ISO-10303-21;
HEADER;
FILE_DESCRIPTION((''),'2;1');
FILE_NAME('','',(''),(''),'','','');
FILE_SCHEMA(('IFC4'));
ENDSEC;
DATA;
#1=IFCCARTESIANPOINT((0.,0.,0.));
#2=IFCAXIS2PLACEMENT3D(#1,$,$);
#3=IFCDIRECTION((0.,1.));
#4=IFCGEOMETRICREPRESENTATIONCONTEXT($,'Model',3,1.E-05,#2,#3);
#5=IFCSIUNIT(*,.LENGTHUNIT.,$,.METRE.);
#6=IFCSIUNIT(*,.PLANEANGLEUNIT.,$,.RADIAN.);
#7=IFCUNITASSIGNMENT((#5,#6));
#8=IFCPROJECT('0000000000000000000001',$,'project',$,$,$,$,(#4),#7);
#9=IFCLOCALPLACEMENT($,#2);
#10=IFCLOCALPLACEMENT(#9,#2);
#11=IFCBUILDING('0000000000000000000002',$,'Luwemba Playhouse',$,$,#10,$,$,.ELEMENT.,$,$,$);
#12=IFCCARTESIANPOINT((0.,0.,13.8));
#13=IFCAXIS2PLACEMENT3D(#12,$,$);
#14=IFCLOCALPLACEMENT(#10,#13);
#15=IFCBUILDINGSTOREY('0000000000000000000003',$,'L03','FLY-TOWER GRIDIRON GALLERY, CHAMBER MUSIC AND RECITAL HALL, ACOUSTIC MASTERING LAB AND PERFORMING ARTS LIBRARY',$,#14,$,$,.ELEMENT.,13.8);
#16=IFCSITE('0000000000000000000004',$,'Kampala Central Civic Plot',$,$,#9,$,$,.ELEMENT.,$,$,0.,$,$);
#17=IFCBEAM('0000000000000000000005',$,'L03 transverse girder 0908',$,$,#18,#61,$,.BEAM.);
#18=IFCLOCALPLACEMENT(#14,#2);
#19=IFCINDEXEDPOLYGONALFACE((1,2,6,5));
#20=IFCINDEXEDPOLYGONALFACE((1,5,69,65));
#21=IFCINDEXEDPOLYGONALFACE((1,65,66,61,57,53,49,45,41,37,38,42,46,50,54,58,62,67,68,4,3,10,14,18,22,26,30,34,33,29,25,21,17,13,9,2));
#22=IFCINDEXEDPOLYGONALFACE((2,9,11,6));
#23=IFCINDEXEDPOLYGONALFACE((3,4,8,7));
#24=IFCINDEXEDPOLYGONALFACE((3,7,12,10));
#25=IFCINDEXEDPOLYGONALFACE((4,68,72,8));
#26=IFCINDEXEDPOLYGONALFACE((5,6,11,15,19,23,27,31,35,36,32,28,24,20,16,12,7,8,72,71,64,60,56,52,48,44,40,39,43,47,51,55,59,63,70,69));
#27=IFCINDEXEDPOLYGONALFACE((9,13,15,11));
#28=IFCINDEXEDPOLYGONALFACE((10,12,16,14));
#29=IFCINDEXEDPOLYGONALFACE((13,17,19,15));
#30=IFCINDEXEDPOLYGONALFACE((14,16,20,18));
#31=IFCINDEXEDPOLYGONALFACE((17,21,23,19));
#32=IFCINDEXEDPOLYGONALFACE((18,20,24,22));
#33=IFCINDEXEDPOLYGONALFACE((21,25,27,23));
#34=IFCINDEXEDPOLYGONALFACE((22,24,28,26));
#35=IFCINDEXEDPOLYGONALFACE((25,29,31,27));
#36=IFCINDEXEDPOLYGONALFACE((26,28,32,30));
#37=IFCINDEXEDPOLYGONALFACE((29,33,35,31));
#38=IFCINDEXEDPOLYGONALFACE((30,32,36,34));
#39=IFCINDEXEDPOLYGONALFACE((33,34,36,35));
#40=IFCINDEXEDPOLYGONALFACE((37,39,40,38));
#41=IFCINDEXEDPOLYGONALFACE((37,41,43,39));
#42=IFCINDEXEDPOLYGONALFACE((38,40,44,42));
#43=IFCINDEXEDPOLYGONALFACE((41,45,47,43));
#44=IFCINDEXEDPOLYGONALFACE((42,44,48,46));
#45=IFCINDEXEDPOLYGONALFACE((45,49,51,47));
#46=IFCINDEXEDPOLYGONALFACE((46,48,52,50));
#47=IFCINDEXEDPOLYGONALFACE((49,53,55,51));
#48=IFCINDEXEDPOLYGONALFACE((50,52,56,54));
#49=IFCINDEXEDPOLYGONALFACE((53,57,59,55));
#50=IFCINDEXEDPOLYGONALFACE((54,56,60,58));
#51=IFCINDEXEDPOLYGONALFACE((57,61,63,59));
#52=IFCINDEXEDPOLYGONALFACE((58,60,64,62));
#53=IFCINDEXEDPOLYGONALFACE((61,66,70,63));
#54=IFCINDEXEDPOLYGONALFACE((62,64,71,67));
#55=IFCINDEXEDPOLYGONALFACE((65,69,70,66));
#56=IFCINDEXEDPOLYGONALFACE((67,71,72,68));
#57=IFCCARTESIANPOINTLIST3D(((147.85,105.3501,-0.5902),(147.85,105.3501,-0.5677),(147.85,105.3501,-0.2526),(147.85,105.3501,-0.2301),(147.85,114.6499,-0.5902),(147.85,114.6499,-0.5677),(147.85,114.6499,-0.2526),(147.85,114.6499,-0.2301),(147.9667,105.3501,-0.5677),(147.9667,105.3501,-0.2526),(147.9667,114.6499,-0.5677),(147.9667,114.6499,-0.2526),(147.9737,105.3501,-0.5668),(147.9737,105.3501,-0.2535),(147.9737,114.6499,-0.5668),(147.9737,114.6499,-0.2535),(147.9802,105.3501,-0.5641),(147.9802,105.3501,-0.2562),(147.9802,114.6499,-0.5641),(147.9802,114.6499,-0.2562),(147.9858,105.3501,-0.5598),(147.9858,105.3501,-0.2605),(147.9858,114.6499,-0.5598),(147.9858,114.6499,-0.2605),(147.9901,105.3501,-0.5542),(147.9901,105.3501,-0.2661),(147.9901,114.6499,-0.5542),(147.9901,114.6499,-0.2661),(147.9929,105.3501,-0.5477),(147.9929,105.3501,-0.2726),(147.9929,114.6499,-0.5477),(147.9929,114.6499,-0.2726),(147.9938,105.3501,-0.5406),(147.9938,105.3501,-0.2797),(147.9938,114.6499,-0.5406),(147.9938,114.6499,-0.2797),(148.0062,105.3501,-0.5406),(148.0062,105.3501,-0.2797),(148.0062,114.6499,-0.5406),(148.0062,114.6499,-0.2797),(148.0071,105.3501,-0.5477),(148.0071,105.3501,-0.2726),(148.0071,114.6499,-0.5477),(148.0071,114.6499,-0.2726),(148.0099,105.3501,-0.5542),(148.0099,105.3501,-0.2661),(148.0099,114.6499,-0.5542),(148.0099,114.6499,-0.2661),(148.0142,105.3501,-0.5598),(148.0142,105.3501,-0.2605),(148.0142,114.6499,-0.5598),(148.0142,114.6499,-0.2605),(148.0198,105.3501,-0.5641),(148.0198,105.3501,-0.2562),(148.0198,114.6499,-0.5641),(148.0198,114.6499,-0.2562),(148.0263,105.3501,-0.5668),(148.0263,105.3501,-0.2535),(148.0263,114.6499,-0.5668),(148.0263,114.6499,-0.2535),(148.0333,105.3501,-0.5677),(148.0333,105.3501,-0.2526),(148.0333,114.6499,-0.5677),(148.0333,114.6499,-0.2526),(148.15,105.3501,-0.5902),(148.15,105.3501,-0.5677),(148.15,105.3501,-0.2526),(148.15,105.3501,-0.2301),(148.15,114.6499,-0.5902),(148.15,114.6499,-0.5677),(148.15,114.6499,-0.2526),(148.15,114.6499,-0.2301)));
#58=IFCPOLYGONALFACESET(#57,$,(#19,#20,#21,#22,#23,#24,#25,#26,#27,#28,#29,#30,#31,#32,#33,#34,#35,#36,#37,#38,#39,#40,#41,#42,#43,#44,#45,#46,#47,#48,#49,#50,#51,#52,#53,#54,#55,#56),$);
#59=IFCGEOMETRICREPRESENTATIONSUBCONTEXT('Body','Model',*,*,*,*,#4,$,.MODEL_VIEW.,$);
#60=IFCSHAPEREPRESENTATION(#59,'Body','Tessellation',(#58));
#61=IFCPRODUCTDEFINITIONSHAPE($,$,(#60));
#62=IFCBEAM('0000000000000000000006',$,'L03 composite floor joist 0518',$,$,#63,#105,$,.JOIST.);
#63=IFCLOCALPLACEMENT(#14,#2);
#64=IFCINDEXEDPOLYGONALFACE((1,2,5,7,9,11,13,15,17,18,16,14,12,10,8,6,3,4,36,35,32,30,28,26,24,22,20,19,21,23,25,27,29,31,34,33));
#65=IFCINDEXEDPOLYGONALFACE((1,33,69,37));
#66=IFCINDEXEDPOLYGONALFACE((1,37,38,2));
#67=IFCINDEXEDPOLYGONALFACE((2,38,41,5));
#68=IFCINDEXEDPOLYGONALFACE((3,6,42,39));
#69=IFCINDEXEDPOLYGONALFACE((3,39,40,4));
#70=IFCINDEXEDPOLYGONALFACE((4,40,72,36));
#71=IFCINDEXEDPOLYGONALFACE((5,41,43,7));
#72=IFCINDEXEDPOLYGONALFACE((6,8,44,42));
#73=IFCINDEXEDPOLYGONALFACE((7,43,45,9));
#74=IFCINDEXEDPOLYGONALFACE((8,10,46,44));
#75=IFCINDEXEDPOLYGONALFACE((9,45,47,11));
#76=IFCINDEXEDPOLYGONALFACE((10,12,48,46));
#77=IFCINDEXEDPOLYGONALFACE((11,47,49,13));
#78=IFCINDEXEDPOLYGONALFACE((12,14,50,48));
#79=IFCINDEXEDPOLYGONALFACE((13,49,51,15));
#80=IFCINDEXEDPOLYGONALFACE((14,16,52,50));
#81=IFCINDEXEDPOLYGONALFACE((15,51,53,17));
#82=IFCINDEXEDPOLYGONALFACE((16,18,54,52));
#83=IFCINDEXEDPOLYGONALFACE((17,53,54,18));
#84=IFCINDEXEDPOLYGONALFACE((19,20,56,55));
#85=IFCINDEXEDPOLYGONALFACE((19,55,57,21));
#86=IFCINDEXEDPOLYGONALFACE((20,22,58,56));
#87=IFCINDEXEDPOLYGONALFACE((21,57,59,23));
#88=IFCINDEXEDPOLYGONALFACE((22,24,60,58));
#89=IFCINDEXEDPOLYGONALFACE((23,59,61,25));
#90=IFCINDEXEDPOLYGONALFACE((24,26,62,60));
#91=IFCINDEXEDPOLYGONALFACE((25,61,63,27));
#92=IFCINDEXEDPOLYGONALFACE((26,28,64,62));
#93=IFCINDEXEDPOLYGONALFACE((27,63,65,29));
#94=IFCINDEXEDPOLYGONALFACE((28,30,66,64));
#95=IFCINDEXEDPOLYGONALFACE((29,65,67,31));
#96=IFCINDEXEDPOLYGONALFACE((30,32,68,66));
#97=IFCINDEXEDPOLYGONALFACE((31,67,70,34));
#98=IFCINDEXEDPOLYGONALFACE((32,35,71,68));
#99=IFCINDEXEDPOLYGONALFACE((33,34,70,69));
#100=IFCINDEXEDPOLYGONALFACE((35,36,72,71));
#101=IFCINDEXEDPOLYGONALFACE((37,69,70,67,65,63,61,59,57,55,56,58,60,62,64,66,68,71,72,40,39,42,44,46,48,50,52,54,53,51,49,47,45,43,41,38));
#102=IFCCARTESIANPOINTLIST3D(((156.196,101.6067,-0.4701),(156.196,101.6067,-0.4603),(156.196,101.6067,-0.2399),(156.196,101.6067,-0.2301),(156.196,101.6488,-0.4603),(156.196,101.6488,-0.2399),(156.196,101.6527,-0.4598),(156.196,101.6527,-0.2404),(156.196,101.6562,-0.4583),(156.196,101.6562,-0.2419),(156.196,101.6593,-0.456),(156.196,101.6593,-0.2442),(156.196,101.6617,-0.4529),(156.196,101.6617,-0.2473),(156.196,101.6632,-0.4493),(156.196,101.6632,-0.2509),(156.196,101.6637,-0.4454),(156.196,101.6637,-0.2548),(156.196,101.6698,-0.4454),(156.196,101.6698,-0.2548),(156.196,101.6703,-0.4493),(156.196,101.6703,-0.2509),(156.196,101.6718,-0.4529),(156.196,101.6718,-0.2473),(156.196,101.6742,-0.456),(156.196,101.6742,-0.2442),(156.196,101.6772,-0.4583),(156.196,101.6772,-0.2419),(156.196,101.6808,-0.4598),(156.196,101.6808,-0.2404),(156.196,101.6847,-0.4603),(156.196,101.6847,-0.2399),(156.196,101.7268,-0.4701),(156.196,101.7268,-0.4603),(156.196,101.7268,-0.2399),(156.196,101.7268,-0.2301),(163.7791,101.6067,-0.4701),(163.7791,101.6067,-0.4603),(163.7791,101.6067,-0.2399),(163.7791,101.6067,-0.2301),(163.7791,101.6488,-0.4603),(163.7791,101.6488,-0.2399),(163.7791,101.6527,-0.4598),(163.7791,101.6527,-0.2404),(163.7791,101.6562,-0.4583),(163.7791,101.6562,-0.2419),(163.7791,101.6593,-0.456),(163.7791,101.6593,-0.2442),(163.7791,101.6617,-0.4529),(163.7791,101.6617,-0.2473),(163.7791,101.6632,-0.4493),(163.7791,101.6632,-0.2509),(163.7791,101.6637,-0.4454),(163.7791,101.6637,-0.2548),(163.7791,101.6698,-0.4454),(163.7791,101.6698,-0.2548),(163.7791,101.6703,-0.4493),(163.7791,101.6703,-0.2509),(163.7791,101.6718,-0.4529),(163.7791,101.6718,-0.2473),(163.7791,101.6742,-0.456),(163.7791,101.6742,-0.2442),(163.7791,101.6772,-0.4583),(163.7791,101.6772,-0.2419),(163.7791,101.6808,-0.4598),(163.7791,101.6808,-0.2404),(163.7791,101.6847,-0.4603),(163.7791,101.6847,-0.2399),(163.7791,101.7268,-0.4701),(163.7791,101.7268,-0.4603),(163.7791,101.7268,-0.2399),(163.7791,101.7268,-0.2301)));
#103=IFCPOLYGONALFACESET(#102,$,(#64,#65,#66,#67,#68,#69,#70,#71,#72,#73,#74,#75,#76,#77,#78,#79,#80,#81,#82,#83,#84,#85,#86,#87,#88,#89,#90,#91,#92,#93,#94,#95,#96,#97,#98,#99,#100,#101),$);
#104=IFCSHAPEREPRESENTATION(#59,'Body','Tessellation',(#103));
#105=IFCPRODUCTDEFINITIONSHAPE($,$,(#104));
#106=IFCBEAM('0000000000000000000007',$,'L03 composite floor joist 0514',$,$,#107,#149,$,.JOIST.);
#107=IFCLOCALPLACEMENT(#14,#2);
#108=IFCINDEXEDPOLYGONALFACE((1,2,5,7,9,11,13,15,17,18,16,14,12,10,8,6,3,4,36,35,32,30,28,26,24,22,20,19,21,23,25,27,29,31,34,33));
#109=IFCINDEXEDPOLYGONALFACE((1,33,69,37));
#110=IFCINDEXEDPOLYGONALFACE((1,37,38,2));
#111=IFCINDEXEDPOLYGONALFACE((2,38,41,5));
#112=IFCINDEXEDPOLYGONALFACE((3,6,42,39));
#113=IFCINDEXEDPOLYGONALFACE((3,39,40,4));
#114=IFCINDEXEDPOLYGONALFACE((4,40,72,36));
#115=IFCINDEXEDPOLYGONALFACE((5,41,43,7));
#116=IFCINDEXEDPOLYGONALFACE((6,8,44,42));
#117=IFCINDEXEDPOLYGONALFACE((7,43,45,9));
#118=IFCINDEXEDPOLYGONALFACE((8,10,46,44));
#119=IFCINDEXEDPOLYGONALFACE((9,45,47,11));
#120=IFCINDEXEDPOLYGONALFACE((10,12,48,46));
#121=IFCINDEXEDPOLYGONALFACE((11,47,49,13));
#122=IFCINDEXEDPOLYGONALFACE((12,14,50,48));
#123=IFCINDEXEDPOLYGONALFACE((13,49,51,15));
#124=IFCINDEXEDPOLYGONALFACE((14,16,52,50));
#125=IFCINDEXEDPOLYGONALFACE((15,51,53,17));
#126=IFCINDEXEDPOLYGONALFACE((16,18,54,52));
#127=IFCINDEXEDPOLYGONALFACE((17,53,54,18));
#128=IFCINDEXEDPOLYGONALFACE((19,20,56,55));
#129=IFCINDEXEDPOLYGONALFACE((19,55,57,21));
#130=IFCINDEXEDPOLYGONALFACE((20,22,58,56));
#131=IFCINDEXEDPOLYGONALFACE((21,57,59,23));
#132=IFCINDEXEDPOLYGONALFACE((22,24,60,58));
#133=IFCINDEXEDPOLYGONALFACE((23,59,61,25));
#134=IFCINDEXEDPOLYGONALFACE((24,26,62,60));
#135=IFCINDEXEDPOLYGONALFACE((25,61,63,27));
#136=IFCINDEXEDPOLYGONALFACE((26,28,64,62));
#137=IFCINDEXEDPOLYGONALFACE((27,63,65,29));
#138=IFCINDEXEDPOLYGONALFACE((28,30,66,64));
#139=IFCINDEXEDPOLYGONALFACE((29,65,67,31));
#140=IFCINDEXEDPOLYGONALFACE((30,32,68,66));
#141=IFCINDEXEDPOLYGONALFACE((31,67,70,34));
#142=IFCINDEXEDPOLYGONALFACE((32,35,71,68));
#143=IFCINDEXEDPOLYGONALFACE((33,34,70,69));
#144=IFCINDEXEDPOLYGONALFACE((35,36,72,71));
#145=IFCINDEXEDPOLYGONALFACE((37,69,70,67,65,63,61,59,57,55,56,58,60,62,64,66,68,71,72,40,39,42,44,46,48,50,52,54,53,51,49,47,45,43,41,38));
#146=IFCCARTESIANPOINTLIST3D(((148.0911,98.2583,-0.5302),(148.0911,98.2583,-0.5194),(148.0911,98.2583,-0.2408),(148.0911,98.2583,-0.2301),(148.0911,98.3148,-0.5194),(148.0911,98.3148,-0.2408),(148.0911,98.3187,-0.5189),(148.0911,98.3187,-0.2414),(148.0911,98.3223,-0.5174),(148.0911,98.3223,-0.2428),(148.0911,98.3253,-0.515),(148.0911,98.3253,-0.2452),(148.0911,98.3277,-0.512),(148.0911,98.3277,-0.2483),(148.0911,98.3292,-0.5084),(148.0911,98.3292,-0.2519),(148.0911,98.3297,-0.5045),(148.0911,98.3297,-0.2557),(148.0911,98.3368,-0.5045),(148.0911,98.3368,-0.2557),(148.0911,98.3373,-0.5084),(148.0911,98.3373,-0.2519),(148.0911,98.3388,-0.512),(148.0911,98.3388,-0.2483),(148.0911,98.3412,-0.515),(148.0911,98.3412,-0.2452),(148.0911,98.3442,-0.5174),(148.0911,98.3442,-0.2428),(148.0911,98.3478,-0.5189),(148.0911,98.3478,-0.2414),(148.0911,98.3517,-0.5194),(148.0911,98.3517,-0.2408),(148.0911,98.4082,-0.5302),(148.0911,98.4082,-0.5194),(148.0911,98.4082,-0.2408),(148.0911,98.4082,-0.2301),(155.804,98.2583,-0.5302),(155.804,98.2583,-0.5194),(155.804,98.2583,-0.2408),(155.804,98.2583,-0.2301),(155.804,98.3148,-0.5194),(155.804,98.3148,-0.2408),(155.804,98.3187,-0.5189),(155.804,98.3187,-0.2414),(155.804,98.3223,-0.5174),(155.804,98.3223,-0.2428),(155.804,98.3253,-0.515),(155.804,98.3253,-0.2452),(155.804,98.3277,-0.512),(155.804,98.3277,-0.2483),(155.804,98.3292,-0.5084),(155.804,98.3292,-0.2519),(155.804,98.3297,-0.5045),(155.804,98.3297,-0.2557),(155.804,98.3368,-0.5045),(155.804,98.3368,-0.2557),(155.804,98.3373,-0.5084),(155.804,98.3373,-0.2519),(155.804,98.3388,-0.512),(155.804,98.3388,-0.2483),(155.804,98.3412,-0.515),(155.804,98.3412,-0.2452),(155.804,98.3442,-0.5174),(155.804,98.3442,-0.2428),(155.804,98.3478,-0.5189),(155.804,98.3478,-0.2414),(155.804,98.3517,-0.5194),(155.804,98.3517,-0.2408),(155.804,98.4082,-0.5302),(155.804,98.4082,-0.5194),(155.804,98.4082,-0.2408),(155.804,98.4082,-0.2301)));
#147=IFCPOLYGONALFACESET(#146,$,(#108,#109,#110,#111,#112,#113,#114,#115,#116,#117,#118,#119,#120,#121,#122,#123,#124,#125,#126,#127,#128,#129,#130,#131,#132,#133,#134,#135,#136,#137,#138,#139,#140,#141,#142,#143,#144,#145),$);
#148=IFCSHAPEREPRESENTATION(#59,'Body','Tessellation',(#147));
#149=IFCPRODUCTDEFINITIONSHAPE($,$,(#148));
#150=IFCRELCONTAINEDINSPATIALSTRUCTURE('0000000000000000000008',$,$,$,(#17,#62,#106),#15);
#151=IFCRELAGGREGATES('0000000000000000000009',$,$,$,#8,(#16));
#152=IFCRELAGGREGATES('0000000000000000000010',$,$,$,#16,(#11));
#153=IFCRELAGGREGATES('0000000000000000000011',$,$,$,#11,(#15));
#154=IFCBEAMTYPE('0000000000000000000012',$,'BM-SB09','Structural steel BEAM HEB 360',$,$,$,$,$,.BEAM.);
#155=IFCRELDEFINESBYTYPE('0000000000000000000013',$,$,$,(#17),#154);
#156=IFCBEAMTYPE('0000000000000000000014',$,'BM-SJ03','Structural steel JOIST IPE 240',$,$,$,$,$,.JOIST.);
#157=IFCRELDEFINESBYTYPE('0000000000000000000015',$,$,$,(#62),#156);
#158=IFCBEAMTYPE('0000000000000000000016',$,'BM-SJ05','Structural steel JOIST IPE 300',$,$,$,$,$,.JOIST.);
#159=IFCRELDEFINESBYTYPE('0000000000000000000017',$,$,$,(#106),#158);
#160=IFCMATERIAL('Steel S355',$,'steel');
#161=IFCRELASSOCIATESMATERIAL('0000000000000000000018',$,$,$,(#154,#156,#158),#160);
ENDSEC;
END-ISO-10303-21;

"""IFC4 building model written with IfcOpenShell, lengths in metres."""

from ifc_helpers import new_model, si_unit, direction, frame, origin, origin_2d, place, context, subcontext, project, spatial, i_section, extrude, material, material_profile, profile_set, type_object, element, save


model = new_model("IFC4")

# Units and contexts
model_context = context("Model", 3, precision=1e-05, world=origin(), true_north=direction((0.0, 1.0)))
body_context = subcontext(model_context, "Body", "Model", "MODEL_VIEW")
ifc_project = project(units=[si_unit("LENGTHUNIT", "METRE"), si_unit("PLANEANGLEUNIT", "RADIAN")], contexts=[model_context])

# Site, building, storey
site_placement = place(None, origin())
site = spatial("IfcSite", under=ifc_project, at=site_placement, Name="Kampala Central Civic Plot", CompositionType="ELEMENT", RefElevation=0.0)
building_placement = place(site_placement, origin())
building = spatial("IfcBuilding", under=site, at=building_placement, Name="Luwemba Playhouse", CompositionType="ELEMENT")
storey_placement = place(building_placement, frame((0.0, 0.0, 13.8)))
storey = spatial("IfcBuildingStorey", under=building, at=storey_placement, Name="L03", Description="FLY-TOWER GRIDIRON GALLERY, CHAMBER MUSIC AND RECITAL HALL, ACOUSTIC MASTERING LAB AND PERFORMING ARTS LIBRARY", CompositionType="ELEMENT", Elevation=13.8)

# Beams
ifc_material_1 = material(Name="Steel S355", Category="steel")
ifc_material_profile_1 = material_profile(ifc_material_1, i_section(OverallWidth=0.3, OverallDepth=0.3601, WebThickness=0.0125, FlangeThickness=0.0225, FilletRadius=0.0271, at=origin_2d()))
ifc_profile_set_1 = profile_set([ifc_material_profile_1], Name="Steel S355")
beam_type_1 = type_object("IfcBeamType", Name="BM-SB09", Description="Structural steel BEAM HEB 360", PredefinedType="BEAM", material=ifc_profile_set_1)
beam_1_placement = place(storey_placement, frame((148.0, 105.3501, -0.4102), z_axis=(0.0, 1.0, 0.0), x_axis=(-1.0, 0.0, 0.0)))
element("IfcBeam", 1, at=beam_1_placement, inside=storey, type_object=beam_type_1, Name="L03 transverse girder 0908", PredefinedType="BEAM", context=body_context, shape_type="SweptSolid", body=[
    extrude(i_section(OverallWidth=0.3, OverallDepth=0.3601, WebThickness=0.0125, FlangeThickness=0.0225, FilletRadius=0.0271, at=origin_2d()), origin(), (0.0, 0.0, 1.0), 9.2998),
])
ifc_material_profile_2 = material_profile(ifc_material_1, i_section(OverallWidth=0.1201, OverallDepth=0.24, WebThickness=0.0061, FlangeThickness=0.0098, FilletRadius=0.0149, at=origin_2d()))
ifc_profile_set_2 = profile_set([ifc_material_profile_2], Name="Steel S355")
beam_type_2 = type_object("IfcBeamType", Name="BM-SJ03", Description="Structural steel JOIST IPE 240", PredefinedType="JOIST", material=ifc_profile_set_2)
beam_2_placement = place(storey_placement, frame((156.196, 101.6667, -0.3501), z_axis=(1.0, 0.0, 0.0), x_axis=(0.0, 1.0, 0.0)))
element("IfcBeam", 2, at=beam_2_placement, inside=storey, type_object=beam_type_2, Name="L03 composite floor joist 0518", PredefinedType="JOIST", context=body_context, shape_type="SweptSolid", body=[
    extrude(i_section(OverallWidth=0.1201, OverallDepth=0.24, WebThickness=0.0061, FlangeThickness=0.0098, FilletRadius=0.0149, at=origin_2d()), origin(), (0.0, 0.0, 1.0), 7.583),
])
ifc_material_profile_3 = material_profile(ifc_material_1, i_section(OverallWidth=0.1499, OverallDepth=0.3, WebThickness=0.0071, FlangeThickness=0.0107, FilletRadius=0.0149, at=origin_2d()))
ifc_profile_set_3 = profile_set([ifc_material_profile_3], Name="Steel S355")
beam_type_3 = type_object("IfcBeamType", Name="BM-SJ05", Description="Structural steel JOIST IPE 300", PredefinedType="JOIST", material=ifc_profile_set_3)
beam_3_placement = place(storey_placement, frame((148.0911, 98.3333, -0.3801), z_axis=(1.0, 0.0, 0.0), x_axis=(0.0, 1.0, 0.0)))
element("IfcBeam", 3, at=beam_3_placement, inside=storey, type_object=beam_type_3, Name="L03 composite floor joist 0514", PredefinedType="JOIST", context=body_context, shape_type="SweptSolid", body=[
    extrude(i_section(OverallWidth=0.1499, OverallDepth=0.3, WebThickness=0.0071, FlangeThickness=0.0107, FilletRadius=0.0149, at=origin_2d()), origin(), (0.0, 0.0, 1.0), 7.7129),
])

save(model, "model.ifc")
